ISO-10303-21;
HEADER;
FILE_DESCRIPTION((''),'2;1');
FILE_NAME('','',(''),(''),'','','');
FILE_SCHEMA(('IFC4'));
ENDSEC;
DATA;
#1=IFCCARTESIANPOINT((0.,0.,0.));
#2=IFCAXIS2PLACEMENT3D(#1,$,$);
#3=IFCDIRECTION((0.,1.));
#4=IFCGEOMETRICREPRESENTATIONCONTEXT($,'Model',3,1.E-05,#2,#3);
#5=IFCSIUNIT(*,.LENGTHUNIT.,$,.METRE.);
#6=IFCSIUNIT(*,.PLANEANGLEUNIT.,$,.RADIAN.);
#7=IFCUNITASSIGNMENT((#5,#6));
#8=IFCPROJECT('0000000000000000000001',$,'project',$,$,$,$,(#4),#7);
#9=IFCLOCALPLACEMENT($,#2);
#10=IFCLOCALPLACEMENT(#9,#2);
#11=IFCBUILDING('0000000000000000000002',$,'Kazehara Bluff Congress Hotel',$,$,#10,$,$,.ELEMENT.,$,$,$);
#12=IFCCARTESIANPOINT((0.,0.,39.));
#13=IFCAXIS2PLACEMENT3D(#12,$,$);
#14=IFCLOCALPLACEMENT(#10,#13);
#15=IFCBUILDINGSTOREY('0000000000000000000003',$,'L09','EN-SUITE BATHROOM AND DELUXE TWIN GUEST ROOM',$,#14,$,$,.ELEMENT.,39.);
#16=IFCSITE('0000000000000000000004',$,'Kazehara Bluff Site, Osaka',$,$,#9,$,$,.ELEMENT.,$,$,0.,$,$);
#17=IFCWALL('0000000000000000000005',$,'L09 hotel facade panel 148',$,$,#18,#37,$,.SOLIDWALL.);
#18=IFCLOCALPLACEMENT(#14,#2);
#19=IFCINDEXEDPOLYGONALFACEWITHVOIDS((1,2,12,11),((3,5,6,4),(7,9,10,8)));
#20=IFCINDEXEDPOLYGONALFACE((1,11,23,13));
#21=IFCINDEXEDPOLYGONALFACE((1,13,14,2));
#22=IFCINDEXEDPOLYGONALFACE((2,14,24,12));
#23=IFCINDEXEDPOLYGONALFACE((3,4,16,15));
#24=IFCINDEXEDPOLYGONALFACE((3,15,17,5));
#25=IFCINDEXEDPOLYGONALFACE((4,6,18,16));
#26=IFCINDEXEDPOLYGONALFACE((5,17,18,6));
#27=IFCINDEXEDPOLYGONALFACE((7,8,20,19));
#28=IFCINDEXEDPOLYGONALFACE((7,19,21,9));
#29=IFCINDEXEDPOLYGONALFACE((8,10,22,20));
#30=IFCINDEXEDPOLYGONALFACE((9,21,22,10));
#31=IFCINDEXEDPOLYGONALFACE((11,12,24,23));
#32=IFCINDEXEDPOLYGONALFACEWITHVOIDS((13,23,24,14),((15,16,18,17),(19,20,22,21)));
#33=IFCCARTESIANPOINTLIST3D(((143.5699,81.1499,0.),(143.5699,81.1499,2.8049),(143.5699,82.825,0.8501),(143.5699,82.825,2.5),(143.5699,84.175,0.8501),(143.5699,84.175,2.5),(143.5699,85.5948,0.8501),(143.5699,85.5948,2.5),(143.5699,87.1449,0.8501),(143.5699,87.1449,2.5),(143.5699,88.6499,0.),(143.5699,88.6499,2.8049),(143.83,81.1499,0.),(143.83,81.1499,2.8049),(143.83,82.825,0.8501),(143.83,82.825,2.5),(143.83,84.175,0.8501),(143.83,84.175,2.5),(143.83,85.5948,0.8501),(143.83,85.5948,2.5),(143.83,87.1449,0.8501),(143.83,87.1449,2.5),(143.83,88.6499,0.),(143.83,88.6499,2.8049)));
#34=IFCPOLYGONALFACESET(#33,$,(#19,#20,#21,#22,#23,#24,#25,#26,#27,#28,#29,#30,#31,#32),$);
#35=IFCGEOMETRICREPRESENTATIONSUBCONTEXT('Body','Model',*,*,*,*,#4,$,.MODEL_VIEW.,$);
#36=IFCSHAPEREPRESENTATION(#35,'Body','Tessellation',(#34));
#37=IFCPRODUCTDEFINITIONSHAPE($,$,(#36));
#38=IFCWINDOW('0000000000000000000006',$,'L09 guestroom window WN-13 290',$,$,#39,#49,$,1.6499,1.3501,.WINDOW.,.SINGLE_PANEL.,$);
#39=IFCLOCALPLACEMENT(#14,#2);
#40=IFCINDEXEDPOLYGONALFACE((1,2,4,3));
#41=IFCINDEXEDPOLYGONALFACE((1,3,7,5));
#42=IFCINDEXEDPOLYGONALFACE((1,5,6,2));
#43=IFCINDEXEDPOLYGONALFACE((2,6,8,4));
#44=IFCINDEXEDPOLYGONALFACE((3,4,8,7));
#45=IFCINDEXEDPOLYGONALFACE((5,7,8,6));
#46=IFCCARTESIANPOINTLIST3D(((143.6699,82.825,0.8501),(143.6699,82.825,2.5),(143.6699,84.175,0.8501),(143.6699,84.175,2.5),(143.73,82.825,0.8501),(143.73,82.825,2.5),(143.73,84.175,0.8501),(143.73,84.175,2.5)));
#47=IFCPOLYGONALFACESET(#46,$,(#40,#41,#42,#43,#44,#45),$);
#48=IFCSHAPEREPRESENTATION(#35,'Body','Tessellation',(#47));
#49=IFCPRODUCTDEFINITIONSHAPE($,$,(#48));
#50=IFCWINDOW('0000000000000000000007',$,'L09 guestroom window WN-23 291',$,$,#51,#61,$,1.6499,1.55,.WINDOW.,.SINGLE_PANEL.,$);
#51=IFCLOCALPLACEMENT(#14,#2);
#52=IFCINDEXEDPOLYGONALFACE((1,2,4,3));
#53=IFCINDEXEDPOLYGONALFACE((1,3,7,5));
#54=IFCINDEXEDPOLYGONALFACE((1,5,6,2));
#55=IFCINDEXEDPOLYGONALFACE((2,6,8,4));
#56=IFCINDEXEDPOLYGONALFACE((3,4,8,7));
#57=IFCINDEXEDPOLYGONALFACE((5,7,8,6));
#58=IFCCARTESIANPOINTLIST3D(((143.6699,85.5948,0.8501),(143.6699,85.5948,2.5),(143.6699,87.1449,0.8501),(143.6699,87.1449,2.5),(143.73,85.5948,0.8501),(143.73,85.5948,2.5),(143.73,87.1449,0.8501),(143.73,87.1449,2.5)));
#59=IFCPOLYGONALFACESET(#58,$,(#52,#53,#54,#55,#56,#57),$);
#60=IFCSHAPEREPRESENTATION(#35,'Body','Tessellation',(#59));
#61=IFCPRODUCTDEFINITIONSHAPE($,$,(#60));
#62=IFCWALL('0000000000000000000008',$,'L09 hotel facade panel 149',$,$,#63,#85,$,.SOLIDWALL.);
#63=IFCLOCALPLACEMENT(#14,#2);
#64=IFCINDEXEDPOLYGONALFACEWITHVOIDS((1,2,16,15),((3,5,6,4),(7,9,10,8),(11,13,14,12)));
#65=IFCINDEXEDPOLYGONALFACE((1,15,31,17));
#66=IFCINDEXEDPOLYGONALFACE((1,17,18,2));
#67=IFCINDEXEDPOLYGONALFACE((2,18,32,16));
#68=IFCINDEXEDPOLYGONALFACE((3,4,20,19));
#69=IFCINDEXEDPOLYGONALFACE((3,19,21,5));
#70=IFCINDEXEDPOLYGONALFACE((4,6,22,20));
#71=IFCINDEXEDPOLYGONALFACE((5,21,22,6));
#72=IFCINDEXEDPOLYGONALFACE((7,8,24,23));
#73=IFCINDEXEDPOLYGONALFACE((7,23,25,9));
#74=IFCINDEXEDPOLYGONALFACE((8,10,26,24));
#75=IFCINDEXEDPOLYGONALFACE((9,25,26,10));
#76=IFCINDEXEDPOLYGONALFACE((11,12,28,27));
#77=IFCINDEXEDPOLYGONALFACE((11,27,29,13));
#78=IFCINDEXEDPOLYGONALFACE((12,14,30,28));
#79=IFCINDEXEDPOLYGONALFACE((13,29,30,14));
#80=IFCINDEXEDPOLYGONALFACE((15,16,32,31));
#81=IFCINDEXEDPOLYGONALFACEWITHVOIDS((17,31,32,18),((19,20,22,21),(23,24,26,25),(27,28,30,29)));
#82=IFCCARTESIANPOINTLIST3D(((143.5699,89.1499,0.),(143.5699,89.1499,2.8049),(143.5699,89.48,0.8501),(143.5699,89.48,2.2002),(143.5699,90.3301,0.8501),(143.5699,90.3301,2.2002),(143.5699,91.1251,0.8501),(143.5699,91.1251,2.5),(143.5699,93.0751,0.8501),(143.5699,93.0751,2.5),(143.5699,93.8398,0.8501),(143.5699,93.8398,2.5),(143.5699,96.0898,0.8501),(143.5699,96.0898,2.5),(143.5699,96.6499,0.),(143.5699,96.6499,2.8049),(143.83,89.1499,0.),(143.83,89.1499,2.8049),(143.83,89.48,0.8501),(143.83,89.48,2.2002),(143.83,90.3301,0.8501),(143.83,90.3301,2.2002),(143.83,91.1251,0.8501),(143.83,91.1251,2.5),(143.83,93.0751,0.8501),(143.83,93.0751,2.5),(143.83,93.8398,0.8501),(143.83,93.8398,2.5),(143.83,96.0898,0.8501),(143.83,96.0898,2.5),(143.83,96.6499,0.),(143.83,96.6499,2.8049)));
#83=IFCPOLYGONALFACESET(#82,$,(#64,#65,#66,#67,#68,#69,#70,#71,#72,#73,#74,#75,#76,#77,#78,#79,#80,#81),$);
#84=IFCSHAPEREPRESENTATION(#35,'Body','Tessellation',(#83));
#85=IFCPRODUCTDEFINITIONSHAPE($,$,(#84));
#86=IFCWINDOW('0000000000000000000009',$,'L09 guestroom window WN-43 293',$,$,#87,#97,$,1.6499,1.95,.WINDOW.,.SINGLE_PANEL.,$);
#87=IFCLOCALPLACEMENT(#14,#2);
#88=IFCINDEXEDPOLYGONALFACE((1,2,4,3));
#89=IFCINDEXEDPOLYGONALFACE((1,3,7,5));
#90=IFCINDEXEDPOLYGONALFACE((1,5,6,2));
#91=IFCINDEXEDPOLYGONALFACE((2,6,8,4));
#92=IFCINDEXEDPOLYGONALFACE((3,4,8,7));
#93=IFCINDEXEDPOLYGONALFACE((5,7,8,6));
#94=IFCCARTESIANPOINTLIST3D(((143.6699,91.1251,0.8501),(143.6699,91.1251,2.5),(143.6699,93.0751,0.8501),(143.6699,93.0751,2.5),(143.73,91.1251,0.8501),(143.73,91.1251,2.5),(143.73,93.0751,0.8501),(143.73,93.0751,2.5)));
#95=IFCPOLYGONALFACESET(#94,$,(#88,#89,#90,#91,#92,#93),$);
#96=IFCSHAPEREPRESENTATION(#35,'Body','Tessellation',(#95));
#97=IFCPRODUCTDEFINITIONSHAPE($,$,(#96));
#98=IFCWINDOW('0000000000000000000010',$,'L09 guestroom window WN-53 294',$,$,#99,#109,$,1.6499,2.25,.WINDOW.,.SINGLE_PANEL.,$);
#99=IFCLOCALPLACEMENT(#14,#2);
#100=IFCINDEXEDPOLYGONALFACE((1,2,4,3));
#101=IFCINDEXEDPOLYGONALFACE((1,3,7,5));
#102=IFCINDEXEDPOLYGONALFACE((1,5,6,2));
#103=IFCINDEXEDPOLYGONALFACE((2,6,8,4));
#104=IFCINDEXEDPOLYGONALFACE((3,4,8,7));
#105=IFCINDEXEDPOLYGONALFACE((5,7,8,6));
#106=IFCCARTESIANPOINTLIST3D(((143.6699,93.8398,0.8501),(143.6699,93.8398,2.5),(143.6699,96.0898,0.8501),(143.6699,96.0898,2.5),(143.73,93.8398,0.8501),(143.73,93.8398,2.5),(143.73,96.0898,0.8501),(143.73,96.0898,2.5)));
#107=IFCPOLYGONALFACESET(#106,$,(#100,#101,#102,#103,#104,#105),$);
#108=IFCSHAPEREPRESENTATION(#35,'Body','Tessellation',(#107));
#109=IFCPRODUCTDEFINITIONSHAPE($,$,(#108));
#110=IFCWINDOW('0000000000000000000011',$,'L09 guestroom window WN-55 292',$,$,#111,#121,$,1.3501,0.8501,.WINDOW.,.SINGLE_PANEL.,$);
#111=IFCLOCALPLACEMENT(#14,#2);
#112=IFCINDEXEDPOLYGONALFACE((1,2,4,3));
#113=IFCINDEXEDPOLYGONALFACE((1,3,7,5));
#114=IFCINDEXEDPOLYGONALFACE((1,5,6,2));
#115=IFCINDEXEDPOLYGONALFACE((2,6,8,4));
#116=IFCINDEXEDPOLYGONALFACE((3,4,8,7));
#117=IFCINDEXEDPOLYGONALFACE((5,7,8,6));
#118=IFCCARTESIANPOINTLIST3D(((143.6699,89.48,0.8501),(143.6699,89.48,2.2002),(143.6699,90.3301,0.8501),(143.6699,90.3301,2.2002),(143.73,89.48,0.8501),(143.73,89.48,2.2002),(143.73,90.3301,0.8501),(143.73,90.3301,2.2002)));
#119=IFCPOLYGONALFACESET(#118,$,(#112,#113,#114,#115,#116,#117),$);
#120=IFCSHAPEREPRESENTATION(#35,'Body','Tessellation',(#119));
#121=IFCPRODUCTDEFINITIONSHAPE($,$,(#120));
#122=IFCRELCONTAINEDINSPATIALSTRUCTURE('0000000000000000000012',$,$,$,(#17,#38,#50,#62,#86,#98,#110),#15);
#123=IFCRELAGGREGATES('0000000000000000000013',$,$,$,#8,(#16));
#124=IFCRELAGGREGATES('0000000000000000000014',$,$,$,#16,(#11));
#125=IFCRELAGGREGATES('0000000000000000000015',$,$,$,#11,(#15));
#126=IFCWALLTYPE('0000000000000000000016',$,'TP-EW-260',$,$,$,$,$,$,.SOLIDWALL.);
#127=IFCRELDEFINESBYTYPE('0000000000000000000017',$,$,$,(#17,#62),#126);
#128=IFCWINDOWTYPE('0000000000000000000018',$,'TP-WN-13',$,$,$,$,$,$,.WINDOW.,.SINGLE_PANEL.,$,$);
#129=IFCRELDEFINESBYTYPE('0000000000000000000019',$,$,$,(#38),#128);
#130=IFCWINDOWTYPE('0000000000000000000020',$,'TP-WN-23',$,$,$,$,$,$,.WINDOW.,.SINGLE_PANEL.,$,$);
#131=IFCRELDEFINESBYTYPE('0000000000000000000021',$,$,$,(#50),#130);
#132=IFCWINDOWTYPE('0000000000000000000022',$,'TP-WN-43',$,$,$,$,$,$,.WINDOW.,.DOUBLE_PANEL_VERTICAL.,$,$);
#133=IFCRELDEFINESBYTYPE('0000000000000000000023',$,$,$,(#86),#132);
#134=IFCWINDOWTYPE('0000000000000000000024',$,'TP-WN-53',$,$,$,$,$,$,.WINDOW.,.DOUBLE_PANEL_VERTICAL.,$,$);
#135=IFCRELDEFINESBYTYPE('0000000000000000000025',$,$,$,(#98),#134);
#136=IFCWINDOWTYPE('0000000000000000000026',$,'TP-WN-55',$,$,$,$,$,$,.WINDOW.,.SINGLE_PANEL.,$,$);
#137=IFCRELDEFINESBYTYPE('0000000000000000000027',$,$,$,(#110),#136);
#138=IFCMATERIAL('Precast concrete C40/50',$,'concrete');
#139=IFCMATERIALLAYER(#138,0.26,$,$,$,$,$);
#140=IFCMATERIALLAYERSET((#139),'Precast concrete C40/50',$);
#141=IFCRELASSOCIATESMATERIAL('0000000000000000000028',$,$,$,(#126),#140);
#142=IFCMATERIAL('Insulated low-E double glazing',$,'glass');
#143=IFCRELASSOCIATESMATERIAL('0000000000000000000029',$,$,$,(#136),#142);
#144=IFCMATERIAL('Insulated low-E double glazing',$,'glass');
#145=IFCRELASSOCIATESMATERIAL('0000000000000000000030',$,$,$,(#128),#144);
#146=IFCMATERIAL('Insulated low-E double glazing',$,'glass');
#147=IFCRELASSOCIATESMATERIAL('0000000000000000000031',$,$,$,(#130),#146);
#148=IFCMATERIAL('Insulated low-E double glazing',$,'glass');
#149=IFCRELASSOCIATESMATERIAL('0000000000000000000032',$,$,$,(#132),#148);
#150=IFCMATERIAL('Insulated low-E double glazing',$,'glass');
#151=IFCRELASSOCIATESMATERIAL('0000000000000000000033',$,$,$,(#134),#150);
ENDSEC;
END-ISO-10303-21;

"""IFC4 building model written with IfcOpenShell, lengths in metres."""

from ifc_helpers import new_model, si_unit, direction, frame, frame_2d, origin, place, context, subcontext, project, spatial, rectangle, extrude, material, layer, layer_set, type_object, element, fill, save


model = new_model("IFC4")

# Units and contexts
model_context = context("Model", 3, precision=1e-05, world=origin(), true_north=direction((0.0, 1.0)))
body_context = subcontext(model_context, "Body", "Model", "MODEL_VIEW")
ifc_project = project(units=[si_unit("LENGTHUNIT", "METRE"), si_unit("PLANEANGLEUNIT", "RADIAN")], contexts=[model_context])

# Site, building, storey
site_placement = place(None, origin())
site = spatial("IfcSite", under=ifc_project, at=site_placement, Name="Kazehara Bluff Site, Osaka", CompositionType="ELEMENT", RefElevation=0.0)
building_placement = place(site_placement, origin())
building = spatial("IfcBuilding", under=site, at=building_placement, Name="Kazehara Bluff Congress Hotel", CompositionType="ELEMENT")
storey_placement = place(building_placement, frame((0.0, 0.0, 39.0)))
storey = spatial("IfcBuildingStorey", under=building, at=storey_placement, Name="L09", Description="EN-SUITE BATHROOM AND DELUXE TWIN GUEST ROOM", CompositionType="ELEMENT", Elevation=39.0)

# Shared definitions
ifc_material_1 = material(Name="Precast concrete C40/50", Category="concrete")
ifc_layer = layer(ifc_material_1, 0.26)
ifc_layer_set = layer_set([ifc_layer], Name="Precast concrete C40/50")
wall_type = type_object("IfcWallType", Name="TP-EW-260", PredefinedType="SOLIDWALL", material=ifc_layer_set)
ifc_material_2 = material(Name="Insulated low-E double glazing", Category="glass")
window_type_1 = type_object("IfcWindowType", Name="TP-WN-55", PartitioningType="SINGLE_PANEL", PredefinedType="WINDOW", material=ifc_material_2)

# Walls, openings, windows
wall_1_placement = place(storey_placement, frame((143.7, 81.1499, 0.0), z_axis=(0.0, 0.0, 1.0), x_axis=(0.0, 1.0, 0.0)))
wall_1 = element("IfcWall", 1, at=wall_1_placement, inside=storey, type_object=wall_type, Name="L09 hotel facade panel 148", PredefinedType="SOLIDWALL", context=body_context, shape_type="SweptSolid", body=[
    extrude(rectangle(XDim=7.5, YDim=0.26, at=frame_2d((3.75, 0.0))), origin(), (0.0, 0.0, 1.0), 2.8049),
])
opening_1_placement = place(wall_1_placement, frame((1.675, 0.0, 0.8501)))
opening_1 = element("IfcOpeningElement", 2, at=opening_1_placement, cuts=wall_1, PredefinedType="OPENING", context=body_context, shape_type="SweptSolid", body=[
    extrude(rectangle(XDim=1.3501, YDim=1.6499, at=frame_2d((0.675, 0.825))), frame((0.0, 0.1399, 0.0), z_axis=(0.0, -1.0, 0.0), x_axis=(1.0, 0.0, 0.0)), (0.0, 0.0, 1.0), 0.28),
])
opening_2_placement = place(wall_1_placement, frame((4.4451, 0.0, 0.8501)))
opening_2 = element("IfcOpeningElement", 3, at=opening_2_placement, cuts=wall_1, PredefinedType="OPENING", context=body_context, shape_type="SweptSolid", body=[
    extrude(rectangle(XDim=1.55, YDim=1.6499, at=frame_2d((0.7749, 0.825))), frame((0.0, 0.1399, 0.0), z_axis=(0.0, -1.0, 0.0), x_axis=(1.0, 0.0, 0.0)), (0.0, 0.0, 1.0), 0.28),
])
ifc_material_3 = material(Name="Insulated low-E double glazing", Category="glass")
window_type_2 = type_object("IfcWindowType", Name="TP-WN-13", PartitioningType="SINGLE_PANEL", PredefinedType="WINDOW", material=ifc_material_3)
window_1_placement = place(opening_1_placement, origin())
window_1 = element("IfcWindow", 4, at=window_1_placement, inside=storey, type_object=window_type_2, Name="L09 guestroom window WN-13 290", OverallHeight=1.6499, OverallWidth=1.3501, PartitioningType="SINGLE_PANEL", PredefinedType="WINDOW", context=body_context, shape_type="SweptSolid", body=[
    extrude(rectangle(XDim=1.3501, YDim=1.6499, at=frame_2d((0.675, 0.825))), frame((0.0, 0.03, 0.0), z_axis=(0.0, -1.0, 0.0), x_axis=(1.0, 0.0, 0.0)), (0.0, 0.0, 1.0), 0.0601),
])
fill(opening_1, window_1)
ifc_material_4 = material(Name="Insulated low-E double glazing", Category="glass")
window_type_3 = type_object("IfcWindowType", Name="TP-WN-23", PartitioningType="SINGLE_PANEL", PredefinedType="WINDOW", material=ifc_material_4)
window_2_placement = place(opening_2_placement, origin())
window_2 = element("IfcWindow", 5, at=window_2_placement, inside=storey, type_object=window_type_3, Name="L09 guestroom window WN-23 291", OverallHeight=1.6499, OverallWidth=1.55, PartitioningType="SINGLE_PANEL", PredefinedType="WINDOW", context=body_context, shape_type="SweptSolid", body=[
    extrude(rectangle(XDim=1.55, YDim=1.6499, at=frame_2d((0.7749, 0.825))), frame((0.0, 0.03, 0.0), z_axis=(0.0, -1.0, 0.0), x_axis=(1.0, 0.0, 0.0)), (0.0, 0.0, 1.0), 0.0601),
])
fill(opening_2, window_2)
wall_2_placement = place(storey_placement, frame((143.7, 89.1499, 0.0), z_axis=(0.0, 0.0, 1.0), x_axis=(0.0, 1.0, 0.0)))
wall_2 = element("IfcWall", 6, at=wall_2_placement, inside=storey, type_object=wall_type, Name="L09 hotel facade panel 149", PredefinedType="SOLIDWALL", context=body_context, shape_type="SweptSolid", body=[
    extrude(rectangle(XDim=7.5, YDim=0.26, at=frame_2d((3.75, 0.0))), origin(), (0.0, 0.0, 1.0), 2.8049),
])
opening_3_placement = place(wall_2_placement, frame((0.3301, 0.0, 0.8501)))
opening_3 = element("IfcOpeningElement", 7, at=opening_3_placement, cuts=wall_2, PredefinedType="OPENING", context=body_context, shape_type="SweptSolid", body=[
    extrude(rectangle(XDim=0.8501, YDim=1.3501, at=frame_2d((0.425, 0.675))), frame((0.0, 0.1399, 0.0), z_axis=(0.0, -1.0, 0.0), x_axis=(1.0, 0.0, 0.0)), (0.0, 0.0, 1.0), 0.28),
])
opening_4_placement = place(wall_2_placement, frame((1.9751, 0.0, 0.8501)))
opening_4 = element("IfcOpeningElement", 8, at=opening_4_placement, cuts=wall_2, PredefinedType="OPENING", context=body_context, shape_type="SweptSolid", body=[
    extrude(rectangle(XDim=1.95, YDim=1.6499, at=frame_2d((0.9751, 0.825))), frame((0.0, 0.1399, 0.0), z_axis=(0.0, -1.0, 0.0), x_axis=(1.0, 0.0, 0.0)), (0.0, 0.0, 1.0), 0.28),
])
opening_5_placement = place(wall_2_placement, frame((4.6899, 0.0, 0.8501)))
opening_5 = element("IfcOpeningElement", 9, at=opening_5_placement, cuts=wall_2, PredefinedType="OPENING", context=body_context, shape_type="SweptSolid", body=[
    extrude(rectangle(XDim=2.25, YDim=1.6499, at=frame_2d((1.125, 0.825))), frame((0.0, 0.1399, 0.0), z_axis=(0.0, -1.0, 0.0), x_axis=(1.0, 0.0, 0.0)), (0.0, 0.0, 1.0), 0.28),
])
ifc_material_5 = material(Name="Insulated low-E double glazing", Category="glass")
window_type_4 = type_object("IfcWindowType", Name="TP-WN-43", PartitioningType="DOUBLE_PANEL_VERTICAL", PredefinedType="WINDOW", material=ifc_material_5)
window_3_placement = place(opening_4_placement, origin())
window_3 = element("IfcWindow", 10, at=window_3_placement, inside=storey, type_object=window_type_4, Name="L09 guestroom window WN-43 293", OverallHeight=1.6499, OverallWidth=1.95, PartitioningType="SINGLE_PANEL", PredefinedType="WINDOW", context=body_context, shape_type="SweptSolid", body=[
    extrude(rectangle(XDim=1.95, YDim=1.6499, at=frame_2d((0.9751, 0.825))), frame((0.0, 0.03, 0.0), z_axis=(0.0, -1.0, 0.0), x_axis=(1.0, 0.0, 0.0)), (0.0, 0.0, 1.0), 0.0601),
])
fill(opening_4, window_3)
ifc_material_6 = material(Name="Insulated low-E double glazing", Category="glass")
window_type_5 = type_object("IfcWindowType", Name="TP-WN-53", PartitioningType="DOUBLE_PANEL_VERTICAL", PredefinedType="WINDOW", material=ifc_material_6)
window_4_placement = place(opening_5_placement, origin())
window_4 = element("IfcWindow", 11, at=window_4_placement, inside=storey, type_object=window_type_5, Name="L09 guestroom window WN-53 294", OverallHeight=1.6499, OverallWidth=2.25, PartitioningType="SINGLE_PANEL", PredefinedType="WINDOW", context=body_context, shape_type="SweptSolid", body=[
    extrude(rectangle(XDim=2.25, YDim=1.6499, at=frame_2d((1.125, 0.825))), frame((0.0, 0.03, 0.0), z_axis=(0.0, -1.0, 0.0), x_axis=(1.0, 0.0, 0.0)), (0.0, 0.0, 1.0), 0.0601),
])
fill(opening_5, window_4)
window_5_placement = place(opening_3_placement, origin())
window_5 = element("IfcWindow", 12, at=window_5_placement, inside=storey, type_object=window_type_1, Name="L09 guestroom window WN-55 292", OverallHeight=1.3501, OverallWidth=0.8501, PartitioningType="SINGLE_PANEL", PredefinedType="WINDOW", context=body_context, shape_type="SweptSolid", body=[
    extrude(rectangle(XDim=0.8501, YDim=1.3501, at=frame_2d((0.425, 0.675))), frame((0.0, 0.03, 0.0), z_axis=(0.0, -1.0, 0.0), x_axis=(1.0, 0.0, 0.0)), (0.0, 0.0, 1.0), 0.0601),
])
fill(opening_3, window_5)

save(model, "model.ifc")
